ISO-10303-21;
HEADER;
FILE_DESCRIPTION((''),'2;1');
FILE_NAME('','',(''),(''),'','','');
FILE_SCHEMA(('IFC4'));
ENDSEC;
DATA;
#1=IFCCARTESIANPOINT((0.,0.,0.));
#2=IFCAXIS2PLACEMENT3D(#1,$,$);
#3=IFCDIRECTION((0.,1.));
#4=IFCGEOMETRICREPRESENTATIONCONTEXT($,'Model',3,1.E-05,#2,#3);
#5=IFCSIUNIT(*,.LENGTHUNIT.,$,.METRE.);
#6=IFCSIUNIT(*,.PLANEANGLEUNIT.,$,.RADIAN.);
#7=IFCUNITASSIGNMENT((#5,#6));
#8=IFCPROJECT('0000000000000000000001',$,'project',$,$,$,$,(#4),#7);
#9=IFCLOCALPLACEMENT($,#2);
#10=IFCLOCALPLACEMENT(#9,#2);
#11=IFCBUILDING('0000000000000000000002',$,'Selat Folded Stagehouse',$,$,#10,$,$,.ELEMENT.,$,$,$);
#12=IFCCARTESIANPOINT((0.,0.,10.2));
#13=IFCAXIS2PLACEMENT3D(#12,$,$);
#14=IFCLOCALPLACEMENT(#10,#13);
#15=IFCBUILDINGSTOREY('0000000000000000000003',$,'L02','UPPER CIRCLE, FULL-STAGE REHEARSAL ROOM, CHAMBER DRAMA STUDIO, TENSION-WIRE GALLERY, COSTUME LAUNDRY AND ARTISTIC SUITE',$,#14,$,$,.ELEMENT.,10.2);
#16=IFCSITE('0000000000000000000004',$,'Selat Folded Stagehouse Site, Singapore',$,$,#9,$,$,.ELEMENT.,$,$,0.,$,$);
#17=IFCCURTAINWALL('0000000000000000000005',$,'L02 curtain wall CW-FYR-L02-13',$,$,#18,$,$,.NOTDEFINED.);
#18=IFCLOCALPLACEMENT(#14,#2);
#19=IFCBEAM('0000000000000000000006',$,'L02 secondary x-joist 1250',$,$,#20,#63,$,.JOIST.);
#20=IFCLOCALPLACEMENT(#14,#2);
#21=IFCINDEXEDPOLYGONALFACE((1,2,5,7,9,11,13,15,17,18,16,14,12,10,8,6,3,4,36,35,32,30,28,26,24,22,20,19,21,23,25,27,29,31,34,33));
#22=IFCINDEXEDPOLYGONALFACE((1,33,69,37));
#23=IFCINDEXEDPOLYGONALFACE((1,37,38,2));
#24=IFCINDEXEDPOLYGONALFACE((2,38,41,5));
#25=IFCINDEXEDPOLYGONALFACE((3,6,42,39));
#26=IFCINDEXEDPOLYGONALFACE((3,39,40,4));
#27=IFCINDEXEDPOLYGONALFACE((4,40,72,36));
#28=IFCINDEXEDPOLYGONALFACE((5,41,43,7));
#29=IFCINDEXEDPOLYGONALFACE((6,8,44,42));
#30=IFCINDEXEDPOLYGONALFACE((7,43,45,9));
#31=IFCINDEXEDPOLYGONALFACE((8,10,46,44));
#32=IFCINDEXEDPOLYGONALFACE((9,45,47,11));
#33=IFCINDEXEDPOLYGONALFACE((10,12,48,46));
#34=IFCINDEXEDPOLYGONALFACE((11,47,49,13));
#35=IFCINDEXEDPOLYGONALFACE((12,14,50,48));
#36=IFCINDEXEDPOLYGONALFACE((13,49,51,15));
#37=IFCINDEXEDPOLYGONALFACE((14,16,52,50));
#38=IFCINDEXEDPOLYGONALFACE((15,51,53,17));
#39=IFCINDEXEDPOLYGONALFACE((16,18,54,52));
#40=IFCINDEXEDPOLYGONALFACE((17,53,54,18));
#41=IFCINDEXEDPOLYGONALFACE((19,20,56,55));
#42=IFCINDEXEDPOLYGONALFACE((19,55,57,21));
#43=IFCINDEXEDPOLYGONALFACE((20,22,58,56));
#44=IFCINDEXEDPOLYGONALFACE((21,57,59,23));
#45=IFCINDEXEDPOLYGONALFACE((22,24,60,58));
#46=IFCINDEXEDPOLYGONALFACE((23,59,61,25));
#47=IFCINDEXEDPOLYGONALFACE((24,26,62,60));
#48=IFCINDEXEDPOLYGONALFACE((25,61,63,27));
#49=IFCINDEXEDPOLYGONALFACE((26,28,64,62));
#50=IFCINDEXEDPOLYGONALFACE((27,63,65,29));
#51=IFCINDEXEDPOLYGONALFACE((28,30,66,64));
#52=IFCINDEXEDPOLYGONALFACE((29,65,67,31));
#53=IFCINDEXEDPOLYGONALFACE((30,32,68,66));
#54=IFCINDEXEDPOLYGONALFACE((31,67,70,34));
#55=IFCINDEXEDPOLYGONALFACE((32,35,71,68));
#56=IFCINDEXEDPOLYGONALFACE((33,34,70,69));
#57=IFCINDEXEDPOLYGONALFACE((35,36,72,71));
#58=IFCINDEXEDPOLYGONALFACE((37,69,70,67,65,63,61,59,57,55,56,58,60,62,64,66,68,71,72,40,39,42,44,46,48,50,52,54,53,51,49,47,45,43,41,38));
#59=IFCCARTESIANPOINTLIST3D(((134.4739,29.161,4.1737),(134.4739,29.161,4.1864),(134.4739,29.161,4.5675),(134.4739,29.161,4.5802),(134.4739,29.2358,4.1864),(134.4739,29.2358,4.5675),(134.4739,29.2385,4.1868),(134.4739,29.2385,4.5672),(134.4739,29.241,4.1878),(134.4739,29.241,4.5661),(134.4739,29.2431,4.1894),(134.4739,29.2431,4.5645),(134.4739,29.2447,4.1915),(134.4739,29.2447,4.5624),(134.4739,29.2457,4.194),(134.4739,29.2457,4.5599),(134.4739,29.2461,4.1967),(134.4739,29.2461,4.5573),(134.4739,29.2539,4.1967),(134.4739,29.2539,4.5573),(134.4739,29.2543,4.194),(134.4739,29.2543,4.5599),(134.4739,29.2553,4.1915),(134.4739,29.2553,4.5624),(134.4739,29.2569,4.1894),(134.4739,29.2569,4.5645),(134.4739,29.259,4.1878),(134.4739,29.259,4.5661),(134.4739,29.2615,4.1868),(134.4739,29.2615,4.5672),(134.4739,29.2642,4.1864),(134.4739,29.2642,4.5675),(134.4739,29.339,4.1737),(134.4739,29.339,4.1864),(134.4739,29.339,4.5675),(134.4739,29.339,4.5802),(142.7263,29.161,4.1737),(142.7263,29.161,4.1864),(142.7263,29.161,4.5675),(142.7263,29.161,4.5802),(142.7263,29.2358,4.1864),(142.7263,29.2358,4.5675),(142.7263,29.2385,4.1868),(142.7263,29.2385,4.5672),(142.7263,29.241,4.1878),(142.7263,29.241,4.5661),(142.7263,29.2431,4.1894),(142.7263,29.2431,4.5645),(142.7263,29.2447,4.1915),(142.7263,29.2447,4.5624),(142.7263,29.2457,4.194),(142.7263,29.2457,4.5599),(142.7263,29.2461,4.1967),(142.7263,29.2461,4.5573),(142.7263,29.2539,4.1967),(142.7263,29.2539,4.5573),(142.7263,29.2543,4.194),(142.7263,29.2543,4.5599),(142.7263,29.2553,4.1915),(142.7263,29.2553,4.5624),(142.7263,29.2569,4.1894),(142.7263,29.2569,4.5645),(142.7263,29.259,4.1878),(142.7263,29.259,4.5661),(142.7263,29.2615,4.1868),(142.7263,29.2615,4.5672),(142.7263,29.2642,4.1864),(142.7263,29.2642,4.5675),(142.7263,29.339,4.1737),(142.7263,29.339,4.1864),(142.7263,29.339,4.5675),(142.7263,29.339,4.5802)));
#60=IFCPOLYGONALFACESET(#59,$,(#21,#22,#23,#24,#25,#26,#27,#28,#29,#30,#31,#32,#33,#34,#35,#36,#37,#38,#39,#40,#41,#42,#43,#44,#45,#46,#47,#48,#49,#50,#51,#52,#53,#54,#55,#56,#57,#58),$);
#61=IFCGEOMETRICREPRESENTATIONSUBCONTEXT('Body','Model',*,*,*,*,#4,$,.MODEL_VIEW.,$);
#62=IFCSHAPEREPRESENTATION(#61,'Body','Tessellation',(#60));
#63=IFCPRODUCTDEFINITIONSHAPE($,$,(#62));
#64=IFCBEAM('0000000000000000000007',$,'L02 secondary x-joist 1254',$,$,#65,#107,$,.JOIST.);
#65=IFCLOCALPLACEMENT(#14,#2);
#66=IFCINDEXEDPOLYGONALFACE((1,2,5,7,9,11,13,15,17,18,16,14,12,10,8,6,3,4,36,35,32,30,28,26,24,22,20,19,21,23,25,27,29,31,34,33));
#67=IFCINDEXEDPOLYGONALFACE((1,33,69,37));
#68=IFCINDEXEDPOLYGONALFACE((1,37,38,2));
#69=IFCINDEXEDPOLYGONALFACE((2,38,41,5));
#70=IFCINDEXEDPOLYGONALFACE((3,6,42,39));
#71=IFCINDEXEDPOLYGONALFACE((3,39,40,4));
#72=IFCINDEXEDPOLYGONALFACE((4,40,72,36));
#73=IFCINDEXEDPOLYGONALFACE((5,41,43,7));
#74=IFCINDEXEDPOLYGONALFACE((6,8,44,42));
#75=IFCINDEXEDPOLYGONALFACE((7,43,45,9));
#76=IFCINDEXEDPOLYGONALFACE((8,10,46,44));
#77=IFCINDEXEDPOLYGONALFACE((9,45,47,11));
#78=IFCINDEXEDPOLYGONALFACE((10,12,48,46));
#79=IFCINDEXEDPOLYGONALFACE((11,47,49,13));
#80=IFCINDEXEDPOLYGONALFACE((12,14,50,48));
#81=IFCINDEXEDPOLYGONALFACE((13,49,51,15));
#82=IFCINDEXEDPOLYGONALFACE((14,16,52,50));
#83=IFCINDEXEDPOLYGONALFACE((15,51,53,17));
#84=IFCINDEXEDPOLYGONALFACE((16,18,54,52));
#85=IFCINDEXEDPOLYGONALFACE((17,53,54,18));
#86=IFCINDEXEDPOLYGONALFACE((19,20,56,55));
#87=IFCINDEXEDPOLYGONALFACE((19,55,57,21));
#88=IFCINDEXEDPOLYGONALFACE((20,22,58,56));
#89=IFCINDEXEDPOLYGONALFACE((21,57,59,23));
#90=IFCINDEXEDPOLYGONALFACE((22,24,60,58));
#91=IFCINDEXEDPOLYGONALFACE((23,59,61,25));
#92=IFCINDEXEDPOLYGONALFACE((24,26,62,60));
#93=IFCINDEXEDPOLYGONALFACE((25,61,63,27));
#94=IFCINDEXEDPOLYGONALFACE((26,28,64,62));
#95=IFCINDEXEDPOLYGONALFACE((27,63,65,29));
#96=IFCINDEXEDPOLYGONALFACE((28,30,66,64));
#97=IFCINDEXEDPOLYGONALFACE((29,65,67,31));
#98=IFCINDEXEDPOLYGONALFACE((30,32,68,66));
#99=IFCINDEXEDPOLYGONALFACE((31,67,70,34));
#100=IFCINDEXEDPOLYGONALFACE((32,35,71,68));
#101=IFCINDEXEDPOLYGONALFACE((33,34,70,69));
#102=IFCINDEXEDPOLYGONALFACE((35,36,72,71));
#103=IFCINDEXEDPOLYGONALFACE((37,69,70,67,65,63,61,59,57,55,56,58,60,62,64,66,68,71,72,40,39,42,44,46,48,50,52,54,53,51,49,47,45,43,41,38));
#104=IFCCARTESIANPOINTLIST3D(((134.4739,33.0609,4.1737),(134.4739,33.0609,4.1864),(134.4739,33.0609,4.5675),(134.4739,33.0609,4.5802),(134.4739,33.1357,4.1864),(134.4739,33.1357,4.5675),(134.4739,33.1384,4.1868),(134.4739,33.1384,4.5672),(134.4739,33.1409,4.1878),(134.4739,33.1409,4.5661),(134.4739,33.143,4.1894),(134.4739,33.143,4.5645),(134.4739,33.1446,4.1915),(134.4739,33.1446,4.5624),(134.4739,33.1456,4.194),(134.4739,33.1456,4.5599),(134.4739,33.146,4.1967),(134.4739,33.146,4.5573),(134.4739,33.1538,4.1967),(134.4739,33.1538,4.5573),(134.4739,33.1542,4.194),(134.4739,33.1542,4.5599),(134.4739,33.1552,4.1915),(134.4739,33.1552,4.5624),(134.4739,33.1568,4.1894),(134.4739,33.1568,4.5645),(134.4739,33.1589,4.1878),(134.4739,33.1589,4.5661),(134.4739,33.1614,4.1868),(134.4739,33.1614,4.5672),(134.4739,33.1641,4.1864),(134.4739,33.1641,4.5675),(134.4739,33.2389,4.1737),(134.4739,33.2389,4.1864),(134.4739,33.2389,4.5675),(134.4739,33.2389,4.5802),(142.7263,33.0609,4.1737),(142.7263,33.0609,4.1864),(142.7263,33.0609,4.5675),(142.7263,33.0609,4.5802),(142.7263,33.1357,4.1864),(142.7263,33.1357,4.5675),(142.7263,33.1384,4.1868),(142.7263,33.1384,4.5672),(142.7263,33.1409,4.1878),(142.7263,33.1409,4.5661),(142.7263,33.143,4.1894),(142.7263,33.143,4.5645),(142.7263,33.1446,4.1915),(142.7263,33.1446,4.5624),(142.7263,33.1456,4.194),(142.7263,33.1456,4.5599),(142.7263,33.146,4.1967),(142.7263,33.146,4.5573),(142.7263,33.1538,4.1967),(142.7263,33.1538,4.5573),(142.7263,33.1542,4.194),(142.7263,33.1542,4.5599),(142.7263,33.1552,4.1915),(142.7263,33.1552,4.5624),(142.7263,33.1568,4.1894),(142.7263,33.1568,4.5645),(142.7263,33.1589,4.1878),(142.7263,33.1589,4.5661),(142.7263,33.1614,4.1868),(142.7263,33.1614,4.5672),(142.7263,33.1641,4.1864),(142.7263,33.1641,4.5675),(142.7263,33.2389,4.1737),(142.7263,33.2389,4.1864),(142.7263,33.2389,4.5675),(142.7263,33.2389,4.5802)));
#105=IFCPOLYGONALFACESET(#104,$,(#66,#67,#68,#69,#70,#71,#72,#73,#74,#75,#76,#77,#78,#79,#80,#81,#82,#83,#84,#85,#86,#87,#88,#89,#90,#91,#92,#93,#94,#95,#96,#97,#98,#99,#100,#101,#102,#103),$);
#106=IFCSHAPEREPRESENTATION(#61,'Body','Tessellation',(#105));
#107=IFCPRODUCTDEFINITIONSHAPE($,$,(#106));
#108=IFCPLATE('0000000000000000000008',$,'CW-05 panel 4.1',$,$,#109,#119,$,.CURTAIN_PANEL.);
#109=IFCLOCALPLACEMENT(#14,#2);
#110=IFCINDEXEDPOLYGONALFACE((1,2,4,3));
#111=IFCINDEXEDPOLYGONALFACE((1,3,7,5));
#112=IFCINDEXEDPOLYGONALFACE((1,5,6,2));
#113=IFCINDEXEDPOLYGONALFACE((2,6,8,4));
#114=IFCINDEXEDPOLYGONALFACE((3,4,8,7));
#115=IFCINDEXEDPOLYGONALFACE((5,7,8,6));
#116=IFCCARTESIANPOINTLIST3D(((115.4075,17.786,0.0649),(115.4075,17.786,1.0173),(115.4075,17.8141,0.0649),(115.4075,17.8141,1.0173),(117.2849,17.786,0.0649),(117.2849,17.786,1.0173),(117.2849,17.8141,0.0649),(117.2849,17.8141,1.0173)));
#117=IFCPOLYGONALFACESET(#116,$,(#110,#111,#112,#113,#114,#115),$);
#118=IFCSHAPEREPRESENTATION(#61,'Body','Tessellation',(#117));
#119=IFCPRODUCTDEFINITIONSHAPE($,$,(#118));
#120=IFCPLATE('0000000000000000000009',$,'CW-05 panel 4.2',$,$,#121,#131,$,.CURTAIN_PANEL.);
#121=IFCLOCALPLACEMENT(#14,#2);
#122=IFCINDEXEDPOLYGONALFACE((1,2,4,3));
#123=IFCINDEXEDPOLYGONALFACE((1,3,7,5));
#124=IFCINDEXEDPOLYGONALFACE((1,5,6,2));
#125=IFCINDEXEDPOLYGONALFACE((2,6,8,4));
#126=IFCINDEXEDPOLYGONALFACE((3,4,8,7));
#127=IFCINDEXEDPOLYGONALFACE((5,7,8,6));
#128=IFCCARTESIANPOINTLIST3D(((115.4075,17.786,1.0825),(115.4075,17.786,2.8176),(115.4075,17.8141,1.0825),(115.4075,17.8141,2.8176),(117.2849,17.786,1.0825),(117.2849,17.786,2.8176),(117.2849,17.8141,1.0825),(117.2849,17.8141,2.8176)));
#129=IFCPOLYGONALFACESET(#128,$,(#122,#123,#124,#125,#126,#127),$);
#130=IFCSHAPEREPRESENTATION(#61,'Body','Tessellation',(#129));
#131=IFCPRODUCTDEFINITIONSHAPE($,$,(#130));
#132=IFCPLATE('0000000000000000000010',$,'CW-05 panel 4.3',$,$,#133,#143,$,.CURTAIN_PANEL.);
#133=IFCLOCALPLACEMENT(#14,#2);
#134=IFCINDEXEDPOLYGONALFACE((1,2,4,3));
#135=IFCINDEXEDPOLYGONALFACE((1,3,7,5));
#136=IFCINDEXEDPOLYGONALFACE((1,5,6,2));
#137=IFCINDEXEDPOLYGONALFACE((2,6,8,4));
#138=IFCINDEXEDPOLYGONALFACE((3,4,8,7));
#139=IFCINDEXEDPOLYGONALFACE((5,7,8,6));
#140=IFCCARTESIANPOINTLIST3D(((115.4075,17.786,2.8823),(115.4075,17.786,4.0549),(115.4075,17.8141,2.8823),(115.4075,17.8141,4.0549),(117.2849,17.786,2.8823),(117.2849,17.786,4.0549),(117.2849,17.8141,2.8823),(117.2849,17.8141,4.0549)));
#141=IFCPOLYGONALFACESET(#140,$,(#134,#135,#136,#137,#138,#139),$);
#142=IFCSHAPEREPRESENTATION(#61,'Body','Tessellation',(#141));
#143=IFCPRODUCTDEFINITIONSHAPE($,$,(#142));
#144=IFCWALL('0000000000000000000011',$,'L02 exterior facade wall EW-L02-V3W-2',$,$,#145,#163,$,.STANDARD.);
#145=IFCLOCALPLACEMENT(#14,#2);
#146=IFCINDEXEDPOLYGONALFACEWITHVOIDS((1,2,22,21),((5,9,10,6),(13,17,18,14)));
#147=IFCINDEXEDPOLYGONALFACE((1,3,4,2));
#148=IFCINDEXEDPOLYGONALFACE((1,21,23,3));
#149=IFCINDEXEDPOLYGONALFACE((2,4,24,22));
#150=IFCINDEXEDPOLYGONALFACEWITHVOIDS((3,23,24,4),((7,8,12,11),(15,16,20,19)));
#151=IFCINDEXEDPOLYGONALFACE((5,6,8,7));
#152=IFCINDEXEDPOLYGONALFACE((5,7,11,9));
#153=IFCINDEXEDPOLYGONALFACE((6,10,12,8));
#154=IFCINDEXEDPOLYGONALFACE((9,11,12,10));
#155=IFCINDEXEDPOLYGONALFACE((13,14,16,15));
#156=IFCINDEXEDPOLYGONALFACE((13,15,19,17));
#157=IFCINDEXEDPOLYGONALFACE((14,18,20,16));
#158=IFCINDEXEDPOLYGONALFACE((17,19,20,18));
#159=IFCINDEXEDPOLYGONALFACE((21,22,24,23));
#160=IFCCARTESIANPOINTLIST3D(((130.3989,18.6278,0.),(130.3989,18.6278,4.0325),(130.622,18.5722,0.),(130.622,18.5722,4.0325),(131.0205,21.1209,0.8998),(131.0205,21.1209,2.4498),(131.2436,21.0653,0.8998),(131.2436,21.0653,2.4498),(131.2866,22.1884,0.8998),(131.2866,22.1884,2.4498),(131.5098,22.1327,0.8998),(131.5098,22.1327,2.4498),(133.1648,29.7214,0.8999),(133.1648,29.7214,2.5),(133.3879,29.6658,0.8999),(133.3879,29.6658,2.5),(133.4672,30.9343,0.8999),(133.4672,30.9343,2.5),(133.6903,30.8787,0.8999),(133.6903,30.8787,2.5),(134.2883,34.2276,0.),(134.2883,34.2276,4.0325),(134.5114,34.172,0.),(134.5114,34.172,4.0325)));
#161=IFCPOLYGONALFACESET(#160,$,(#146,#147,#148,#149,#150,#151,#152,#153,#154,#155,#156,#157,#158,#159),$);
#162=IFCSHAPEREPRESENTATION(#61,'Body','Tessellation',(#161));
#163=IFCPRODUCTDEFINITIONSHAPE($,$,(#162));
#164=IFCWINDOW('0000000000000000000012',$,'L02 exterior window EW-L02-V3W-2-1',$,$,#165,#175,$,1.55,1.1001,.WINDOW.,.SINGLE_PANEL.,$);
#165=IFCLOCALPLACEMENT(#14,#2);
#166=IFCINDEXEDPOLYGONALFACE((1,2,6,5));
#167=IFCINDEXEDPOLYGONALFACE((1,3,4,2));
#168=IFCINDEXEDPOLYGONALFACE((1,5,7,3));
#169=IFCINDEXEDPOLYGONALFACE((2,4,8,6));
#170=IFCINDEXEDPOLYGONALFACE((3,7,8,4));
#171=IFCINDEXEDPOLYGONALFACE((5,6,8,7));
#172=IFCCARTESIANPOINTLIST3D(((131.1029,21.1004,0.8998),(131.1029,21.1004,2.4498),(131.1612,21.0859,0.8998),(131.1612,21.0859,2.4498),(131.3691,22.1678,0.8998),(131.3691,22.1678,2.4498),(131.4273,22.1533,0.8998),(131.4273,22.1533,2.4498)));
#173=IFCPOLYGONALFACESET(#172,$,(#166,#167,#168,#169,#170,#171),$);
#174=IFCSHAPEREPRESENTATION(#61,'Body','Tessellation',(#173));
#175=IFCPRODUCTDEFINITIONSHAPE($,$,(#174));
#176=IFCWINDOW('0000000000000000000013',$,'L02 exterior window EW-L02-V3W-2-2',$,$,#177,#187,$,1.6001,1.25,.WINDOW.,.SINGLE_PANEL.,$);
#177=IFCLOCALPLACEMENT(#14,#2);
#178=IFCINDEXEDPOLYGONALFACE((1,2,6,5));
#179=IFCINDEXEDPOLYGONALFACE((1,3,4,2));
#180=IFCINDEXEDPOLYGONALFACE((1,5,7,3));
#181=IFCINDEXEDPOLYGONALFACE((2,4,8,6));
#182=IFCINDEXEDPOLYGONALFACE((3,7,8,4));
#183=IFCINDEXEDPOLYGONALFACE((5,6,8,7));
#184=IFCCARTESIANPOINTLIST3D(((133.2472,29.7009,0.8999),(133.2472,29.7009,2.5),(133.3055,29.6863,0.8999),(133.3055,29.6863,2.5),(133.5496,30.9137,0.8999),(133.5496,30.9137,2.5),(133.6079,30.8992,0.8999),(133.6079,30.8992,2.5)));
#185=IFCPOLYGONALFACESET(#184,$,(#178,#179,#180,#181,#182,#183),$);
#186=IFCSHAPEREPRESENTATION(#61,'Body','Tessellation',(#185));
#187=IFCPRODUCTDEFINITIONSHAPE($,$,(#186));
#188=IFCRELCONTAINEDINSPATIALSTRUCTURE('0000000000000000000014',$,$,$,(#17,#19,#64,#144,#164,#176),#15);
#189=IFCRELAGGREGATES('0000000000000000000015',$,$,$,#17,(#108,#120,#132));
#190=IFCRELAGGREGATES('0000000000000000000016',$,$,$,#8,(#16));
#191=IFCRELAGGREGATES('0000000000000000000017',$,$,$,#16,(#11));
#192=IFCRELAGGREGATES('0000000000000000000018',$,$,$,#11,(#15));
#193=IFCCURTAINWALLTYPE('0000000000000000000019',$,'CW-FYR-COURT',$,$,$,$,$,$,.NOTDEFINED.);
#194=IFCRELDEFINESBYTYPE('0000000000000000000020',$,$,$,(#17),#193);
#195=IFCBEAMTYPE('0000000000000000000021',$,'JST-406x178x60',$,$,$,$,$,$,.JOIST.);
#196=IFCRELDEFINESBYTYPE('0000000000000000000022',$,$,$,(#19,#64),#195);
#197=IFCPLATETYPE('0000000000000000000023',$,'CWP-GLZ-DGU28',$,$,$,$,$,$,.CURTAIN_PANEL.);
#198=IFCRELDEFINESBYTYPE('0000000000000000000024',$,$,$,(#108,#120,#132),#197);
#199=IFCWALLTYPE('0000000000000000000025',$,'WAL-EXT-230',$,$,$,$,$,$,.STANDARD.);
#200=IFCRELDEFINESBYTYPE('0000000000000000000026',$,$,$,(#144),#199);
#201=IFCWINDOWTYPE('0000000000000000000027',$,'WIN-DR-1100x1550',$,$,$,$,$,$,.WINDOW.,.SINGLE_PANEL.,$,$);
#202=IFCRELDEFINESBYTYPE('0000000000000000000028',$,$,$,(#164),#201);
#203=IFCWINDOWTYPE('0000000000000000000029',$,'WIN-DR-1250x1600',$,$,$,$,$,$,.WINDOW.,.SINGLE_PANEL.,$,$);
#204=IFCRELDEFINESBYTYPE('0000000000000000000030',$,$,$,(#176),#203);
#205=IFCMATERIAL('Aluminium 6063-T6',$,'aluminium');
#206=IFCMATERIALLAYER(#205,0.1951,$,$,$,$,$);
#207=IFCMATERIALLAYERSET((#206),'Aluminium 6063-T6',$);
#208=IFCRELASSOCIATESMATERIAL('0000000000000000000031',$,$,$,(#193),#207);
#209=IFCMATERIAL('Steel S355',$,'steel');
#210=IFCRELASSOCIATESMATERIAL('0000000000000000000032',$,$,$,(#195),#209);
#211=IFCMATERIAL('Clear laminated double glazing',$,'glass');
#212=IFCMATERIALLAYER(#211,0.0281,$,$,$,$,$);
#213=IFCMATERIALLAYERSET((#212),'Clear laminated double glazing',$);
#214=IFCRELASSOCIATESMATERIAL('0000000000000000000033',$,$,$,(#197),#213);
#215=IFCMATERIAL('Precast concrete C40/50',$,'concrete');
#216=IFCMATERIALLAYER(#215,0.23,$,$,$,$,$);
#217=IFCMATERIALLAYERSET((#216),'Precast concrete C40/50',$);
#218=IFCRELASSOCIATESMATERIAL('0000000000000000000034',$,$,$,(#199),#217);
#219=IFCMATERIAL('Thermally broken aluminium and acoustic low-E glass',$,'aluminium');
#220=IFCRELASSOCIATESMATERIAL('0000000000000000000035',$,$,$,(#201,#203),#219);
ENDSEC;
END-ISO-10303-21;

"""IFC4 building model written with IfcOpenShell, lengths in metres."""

from ifc_helpers import new_model, si_unit, direction, frame, frame_2d, origin, origin_2d, place, context, subcontext, project, spatial, rectangle, i_section, extrude, material, layer, layer_set, material_profile, profile_set, type_object, element, fill, aggregate, save


model = new_model("IFC4")

# Units and contexts
model_context = context("Model", 3, precision=1e-05, world=origin(), true_north=direction((0.0, 1.0)))
body_context = subcontext(model_context, "Body", "Model", "MODEL_VIEW")
ifc_project = project(units=[si_unit("LENGTHUNIT", "METRE"), si_unit("PLANEANGLEUNIT", "RADIAN")], contexts=[model_context])

# Site, building, storey
site_placement = place(None, origin())
site = spatial("IfcSite", under=ifc_project, at=site_placement, Name="Selat Folded Stagehouse Site, Singapore", CompositionType="ELEMENT", RefElevation=0.0)
building_placement = place(site_placement, origin())
building = spatial("IfcBuilding", under=site, at=building_placement, Name="Selat Folded Stagehouse", CompositionType="ELEMENT")
storey_placement = place(building_placement, frame((0.0, 0.0, 10.2)))
storey = spatial("IfcBuildingStorey", under=building, at=storey_placement, Name="L02", Description="UPPER CIRCLE, FULL-STAGE REHEARSAL ROOM, CHAMBER DRAMA STUDIO, TENSION-WIRE GALLERY, COSTUME LAUNDRY AND ARTISTIC SUITE", CompositionType="ELEMENT", Elevation=10.2)

# Shared definitions
ifc_material_1 = material(Name="Steel S355", Category="steel")

# Curtain wall
ifc_material_2 = material(Name="Aluminium 6063-T6", Category="aluminium")
ifc_layer_1 = layer(ifc_material_2, 0.1951)
ifc_layer_set_1 = layer_set([ifc_layer_1], Name="Aluminium 6063-T6")
curtain_wall_type = type_object("IfcCurtainWallType", Name="CW-FYR-COURT", PredefinedType="NOTDEFINED", material=ifc_layer_set_1)
curtain_wall_placement = place(storey_placement, origin())
curtain_wall = element("IfcCurtainWall", 1, at=curtain_wall_placement, inside=storey, type_object=curtain_wall_type, Name="L02 curtain wall CW-FYR-L02-13", PredefinedType="NOTDEFINED")

# Beams
ifc_material_profile_1 = material_profile(ifc_material_1, i_section(OverallWidth=0.178, OverallDepth=0.4065, WebThickness=0.0078, FlangeThickness=0.0127, FilletRadius=0.0103, at=origin_2d()), Name="UKB 406x178x60")
ifc_profile_set_1 = profile_set([ifc_material_profile_1], Name="Steel S355")
beam_type_1 = type_object("IfcBeamType", Name="JST-406x178x60", PredefinedType="JOIST", material=ifc_profile_set_1)
for number, where, z_axis, x_axis, name in (
    (2, (134.4739, 29.25, 4.377), (1.0, 0.0, 0.0), (0.0, 1.0, 0.0), "L02 secondary x-joist 1250"),
    (3, (134.4739, 33.1499, 4.377), (1.0, 0.0, 0.0), (0.0, 1.0, 0.0), "L02 secondary x-joist 1254"),
):
    element("IfcBeam", number, at=place(storey_placement, frame(where, z_axis=z_axis, x_axis=x_axis)), inside=storey, type_object=beam_type_1, Name=name, PredefinedType="JOIST", context=body_context, shape_type="SweptSolid", body=[
        extrude(i_section(OverallWidth=0.178, OverallDepth=0.4065, WebThickness=0.0078, FlangeThickness=0.0127, FilletRadius=0.0103, at=origin_2d()), origin(), (0.0, 0.0, 1.0), 8.2524),
    ])

# Plates
ifc_material_3 = material(Name="Clear laminated double glazing", Category="glass")
ifc_layer_2 = layer(ifc_material_3, 0.0281)
ifc_layer_set_2 = layer_set([ifc_layer_2], Name="Clear laminated double glazing")
plate_type = type_object("IfcPlateType", Name="CWP-GLZ-DGU28", PredefinedType="CURTAIN_PANEL", material=ifc_layer_set_2)
plate_1_placement = place(storey_placement, frame((116.3462, 17.8, 0.0649), z_axis=(0.0, 0.0, 1.0), x_axis=(1.0, 0.0, 0.0)))
plate_1 = element("IfcPlate", 4, at=plate_1_placement, type_object=plate_type, Name="CW-05 panel 4.1", PredefinedType="CURTAIN_PANEL", context=body_context, shape_type="SweptSolid", body=[
    extrude(rectangle(XDim=1.8774, YDim=0.0281, at=origin_2d()), origin(), (0.0, 0.0, 1.0), 0.9524),
])
plate_2_placement = place(storey_placement, frame((116.3462, 17.8, 1.0825), z_axis=(0.0, 0.0, 1.0), x_axis=(1.0, 0.0, 0.0)))
plate_2 = element("IfcPlate", 5, at=plate_2_placement, type_object=plate_type, Name="CW-05 panel 4.2", PredefinedType="CURTAIN_PANEL", context=body_context, shape_type="SweptSolid", body=[
    extrude(rectangle(XDim=1.8774, YDim=0.0281, at=origin_2d()), origin(), (0.0, 0.0, 1.0), 1.7351),
])
plate_3_placement = place(storey_placement, frame((116.3462, 17.8, 2.8823), z_axis=(0.0, 0.0, 1.0), x_axis=(1.0, 0.0, 0.0)))
plate_3 = element("IfcPlate", 6, at=plate_3_placement, type_object=plate_type, Name="CW-05 panel 4.3", PredefinedType="CURTAIN_PANEL", context=body_context, shape_type="SweptSolid", body=[
    extrude(rectangle(XDim=1.8774, YDim=0.0281, at=origin_2d()), origin(), (0.0, 0.0, 1.0), 1.1726),
])
aggregate(curtain_wall, [plate_1, plate_2, plate_3])

# Wall, openings, windows
ifc_material_4 = material(Name="Precast concrete C40/50", Category="concrete")
ifc_layer_3 = layer(ifc_material_4, 0.23)
ifc_layer_set_3 = layer_set([ifc_layer_3], Name="Precast concrete C40/50")
wall_type_1 = type_object("IfcWallType", Name="WAL-EXT-230", PredefinedType="STANDARD", material=ifc_layer_set_3)
wall_1_placement = place(storey_placement, frame((130.5105, 18.6001, 0.0), z_axis=(0.0, 0.0, 1.0), x_axis=(0.241917, 0.970297, 0.0)))
wall_1 = element("IfcWall", 7, at=wall_1_placement, inside=storey, type_object=wall_type_1, Name="L02 exterior facade wall EW-L02-V3W-2", PredefinedType="STANDARD", context=body_context, shape_type="SweptSolid", body=[
    extrude(rectangle(XDim=16.0774, YDim=0.23, at=frame_2d((8.0386, 0.0))), origin(), (0.0, 0.0, 1.0), 4.0325),
])
opening_1_placement = place(wall_1_placement, frame((2.5693, 0.0, 0.8999)))
opening_1 = element("IfcOpeningElement", 8, at=opening_1_placement, cuts=wall_1, PredefinedType="OPENING", context=body_context, shape_type="SweptSolid", body=[
    extrude(rectangle(XDim=1.1001, YDim=1.55, at=frame_2d((0.55, 0.7749))), frame((0.0, 0.125, 0.0), z_axis=(0.0, -1.0, 0.0), x_axis=(1.0, 0.0, 0.0)), (0.0, 0.0, 1.0), 0.25),
])
opening_2_placement = place(wall_1_placement, frame((11.4331, 0.0, 0.8999)))
opening_2 = element("IfcOpeningElement", 9, at=opening_2_placement, cuts=wall_1, PredefinedType="OPENING", context=body_context, shape_type="SweptSolid", body=[
    extrude(rectangle(XDim=1.25, YDim=1.6001, at=frame_2d((0.625, 0.8))), frame((0.0, 0.125, 0.0), z_axis=(0.0, -1.0, 0.0), x_axis=(1.0, 0.0, 0.0)), (0.0, 0.0, 1.0), 0.25),
])
ifc_material_5 = material(Name="Thermally broken aluminium and acoustic low-E glass", Category="aluminium")
window_type_1 = type_object("IfcWindowType", Name="WIN-DR-1100x1550", PartitioningType="SINGLE_PANEL", PredefinedType="WINDOW", material=ifc_material_5)
window_1_placement = place(opening_1_placement, origin())
window_1 = element("IfcWindow", 10, at=window_1_placement, inside=storey, type_object=window_type_1, Name="L02 exterior window EW-L02-V3W-2-1", OverallHeight=1.55, OverallWidth=1.1001, PartitioningType="SINGLE_PANEL", PredefinedType="WINDOW", context=body_context, shape_type="SweptSolid", body=[
    extrude(rectangle(XDim=1.1001, YDim=1.55, at=frame_2d((0.55, 0.7749))), frame((0.0, 0.03, 0.0), z_axis=(0.0, -1.0, 0.0), x_axis=(1.0, 0.0, 0.0)), (0.0, 0.0, 1.0), 0.0601),
])
fill(opening_1, window_1)
window_type_2 = type_object("IfcWindowType", Name="WIN-DR-1250x1600", PartitioningType="SINGLE_PANEL", PredefinedType="WINDOW", material=ifc_material_5)
window_2_placement = place(opening_2_placement, origin())
window_2 = element("IfcWindow", 11, at=window_2_placement, inside=storey, type_object=window_type_2, Name="L02 exterior window EW-L02-V3W-2-2", OverallHeight=1.6001, OverallWidth=1.25, PartitioningType="SINGLE_PANEL", PredefinedType="WINDOW", context=body_context, shape_type="SweptSolid", body=[
    extrude(rectangle(XDim=1.25, YDim=1.6001, at=frame_2d((0.625, 0.8))), frame((0.0, 0.03, 0.0), z_axis=(0.0, -1.0, 0.0), x_axis=(1.0, 0.0, 0.0)), (0.0, 0.0, 1.0), 0.0601),
])
fill(opening_2, window_2)

save(model, "model.ifc")
